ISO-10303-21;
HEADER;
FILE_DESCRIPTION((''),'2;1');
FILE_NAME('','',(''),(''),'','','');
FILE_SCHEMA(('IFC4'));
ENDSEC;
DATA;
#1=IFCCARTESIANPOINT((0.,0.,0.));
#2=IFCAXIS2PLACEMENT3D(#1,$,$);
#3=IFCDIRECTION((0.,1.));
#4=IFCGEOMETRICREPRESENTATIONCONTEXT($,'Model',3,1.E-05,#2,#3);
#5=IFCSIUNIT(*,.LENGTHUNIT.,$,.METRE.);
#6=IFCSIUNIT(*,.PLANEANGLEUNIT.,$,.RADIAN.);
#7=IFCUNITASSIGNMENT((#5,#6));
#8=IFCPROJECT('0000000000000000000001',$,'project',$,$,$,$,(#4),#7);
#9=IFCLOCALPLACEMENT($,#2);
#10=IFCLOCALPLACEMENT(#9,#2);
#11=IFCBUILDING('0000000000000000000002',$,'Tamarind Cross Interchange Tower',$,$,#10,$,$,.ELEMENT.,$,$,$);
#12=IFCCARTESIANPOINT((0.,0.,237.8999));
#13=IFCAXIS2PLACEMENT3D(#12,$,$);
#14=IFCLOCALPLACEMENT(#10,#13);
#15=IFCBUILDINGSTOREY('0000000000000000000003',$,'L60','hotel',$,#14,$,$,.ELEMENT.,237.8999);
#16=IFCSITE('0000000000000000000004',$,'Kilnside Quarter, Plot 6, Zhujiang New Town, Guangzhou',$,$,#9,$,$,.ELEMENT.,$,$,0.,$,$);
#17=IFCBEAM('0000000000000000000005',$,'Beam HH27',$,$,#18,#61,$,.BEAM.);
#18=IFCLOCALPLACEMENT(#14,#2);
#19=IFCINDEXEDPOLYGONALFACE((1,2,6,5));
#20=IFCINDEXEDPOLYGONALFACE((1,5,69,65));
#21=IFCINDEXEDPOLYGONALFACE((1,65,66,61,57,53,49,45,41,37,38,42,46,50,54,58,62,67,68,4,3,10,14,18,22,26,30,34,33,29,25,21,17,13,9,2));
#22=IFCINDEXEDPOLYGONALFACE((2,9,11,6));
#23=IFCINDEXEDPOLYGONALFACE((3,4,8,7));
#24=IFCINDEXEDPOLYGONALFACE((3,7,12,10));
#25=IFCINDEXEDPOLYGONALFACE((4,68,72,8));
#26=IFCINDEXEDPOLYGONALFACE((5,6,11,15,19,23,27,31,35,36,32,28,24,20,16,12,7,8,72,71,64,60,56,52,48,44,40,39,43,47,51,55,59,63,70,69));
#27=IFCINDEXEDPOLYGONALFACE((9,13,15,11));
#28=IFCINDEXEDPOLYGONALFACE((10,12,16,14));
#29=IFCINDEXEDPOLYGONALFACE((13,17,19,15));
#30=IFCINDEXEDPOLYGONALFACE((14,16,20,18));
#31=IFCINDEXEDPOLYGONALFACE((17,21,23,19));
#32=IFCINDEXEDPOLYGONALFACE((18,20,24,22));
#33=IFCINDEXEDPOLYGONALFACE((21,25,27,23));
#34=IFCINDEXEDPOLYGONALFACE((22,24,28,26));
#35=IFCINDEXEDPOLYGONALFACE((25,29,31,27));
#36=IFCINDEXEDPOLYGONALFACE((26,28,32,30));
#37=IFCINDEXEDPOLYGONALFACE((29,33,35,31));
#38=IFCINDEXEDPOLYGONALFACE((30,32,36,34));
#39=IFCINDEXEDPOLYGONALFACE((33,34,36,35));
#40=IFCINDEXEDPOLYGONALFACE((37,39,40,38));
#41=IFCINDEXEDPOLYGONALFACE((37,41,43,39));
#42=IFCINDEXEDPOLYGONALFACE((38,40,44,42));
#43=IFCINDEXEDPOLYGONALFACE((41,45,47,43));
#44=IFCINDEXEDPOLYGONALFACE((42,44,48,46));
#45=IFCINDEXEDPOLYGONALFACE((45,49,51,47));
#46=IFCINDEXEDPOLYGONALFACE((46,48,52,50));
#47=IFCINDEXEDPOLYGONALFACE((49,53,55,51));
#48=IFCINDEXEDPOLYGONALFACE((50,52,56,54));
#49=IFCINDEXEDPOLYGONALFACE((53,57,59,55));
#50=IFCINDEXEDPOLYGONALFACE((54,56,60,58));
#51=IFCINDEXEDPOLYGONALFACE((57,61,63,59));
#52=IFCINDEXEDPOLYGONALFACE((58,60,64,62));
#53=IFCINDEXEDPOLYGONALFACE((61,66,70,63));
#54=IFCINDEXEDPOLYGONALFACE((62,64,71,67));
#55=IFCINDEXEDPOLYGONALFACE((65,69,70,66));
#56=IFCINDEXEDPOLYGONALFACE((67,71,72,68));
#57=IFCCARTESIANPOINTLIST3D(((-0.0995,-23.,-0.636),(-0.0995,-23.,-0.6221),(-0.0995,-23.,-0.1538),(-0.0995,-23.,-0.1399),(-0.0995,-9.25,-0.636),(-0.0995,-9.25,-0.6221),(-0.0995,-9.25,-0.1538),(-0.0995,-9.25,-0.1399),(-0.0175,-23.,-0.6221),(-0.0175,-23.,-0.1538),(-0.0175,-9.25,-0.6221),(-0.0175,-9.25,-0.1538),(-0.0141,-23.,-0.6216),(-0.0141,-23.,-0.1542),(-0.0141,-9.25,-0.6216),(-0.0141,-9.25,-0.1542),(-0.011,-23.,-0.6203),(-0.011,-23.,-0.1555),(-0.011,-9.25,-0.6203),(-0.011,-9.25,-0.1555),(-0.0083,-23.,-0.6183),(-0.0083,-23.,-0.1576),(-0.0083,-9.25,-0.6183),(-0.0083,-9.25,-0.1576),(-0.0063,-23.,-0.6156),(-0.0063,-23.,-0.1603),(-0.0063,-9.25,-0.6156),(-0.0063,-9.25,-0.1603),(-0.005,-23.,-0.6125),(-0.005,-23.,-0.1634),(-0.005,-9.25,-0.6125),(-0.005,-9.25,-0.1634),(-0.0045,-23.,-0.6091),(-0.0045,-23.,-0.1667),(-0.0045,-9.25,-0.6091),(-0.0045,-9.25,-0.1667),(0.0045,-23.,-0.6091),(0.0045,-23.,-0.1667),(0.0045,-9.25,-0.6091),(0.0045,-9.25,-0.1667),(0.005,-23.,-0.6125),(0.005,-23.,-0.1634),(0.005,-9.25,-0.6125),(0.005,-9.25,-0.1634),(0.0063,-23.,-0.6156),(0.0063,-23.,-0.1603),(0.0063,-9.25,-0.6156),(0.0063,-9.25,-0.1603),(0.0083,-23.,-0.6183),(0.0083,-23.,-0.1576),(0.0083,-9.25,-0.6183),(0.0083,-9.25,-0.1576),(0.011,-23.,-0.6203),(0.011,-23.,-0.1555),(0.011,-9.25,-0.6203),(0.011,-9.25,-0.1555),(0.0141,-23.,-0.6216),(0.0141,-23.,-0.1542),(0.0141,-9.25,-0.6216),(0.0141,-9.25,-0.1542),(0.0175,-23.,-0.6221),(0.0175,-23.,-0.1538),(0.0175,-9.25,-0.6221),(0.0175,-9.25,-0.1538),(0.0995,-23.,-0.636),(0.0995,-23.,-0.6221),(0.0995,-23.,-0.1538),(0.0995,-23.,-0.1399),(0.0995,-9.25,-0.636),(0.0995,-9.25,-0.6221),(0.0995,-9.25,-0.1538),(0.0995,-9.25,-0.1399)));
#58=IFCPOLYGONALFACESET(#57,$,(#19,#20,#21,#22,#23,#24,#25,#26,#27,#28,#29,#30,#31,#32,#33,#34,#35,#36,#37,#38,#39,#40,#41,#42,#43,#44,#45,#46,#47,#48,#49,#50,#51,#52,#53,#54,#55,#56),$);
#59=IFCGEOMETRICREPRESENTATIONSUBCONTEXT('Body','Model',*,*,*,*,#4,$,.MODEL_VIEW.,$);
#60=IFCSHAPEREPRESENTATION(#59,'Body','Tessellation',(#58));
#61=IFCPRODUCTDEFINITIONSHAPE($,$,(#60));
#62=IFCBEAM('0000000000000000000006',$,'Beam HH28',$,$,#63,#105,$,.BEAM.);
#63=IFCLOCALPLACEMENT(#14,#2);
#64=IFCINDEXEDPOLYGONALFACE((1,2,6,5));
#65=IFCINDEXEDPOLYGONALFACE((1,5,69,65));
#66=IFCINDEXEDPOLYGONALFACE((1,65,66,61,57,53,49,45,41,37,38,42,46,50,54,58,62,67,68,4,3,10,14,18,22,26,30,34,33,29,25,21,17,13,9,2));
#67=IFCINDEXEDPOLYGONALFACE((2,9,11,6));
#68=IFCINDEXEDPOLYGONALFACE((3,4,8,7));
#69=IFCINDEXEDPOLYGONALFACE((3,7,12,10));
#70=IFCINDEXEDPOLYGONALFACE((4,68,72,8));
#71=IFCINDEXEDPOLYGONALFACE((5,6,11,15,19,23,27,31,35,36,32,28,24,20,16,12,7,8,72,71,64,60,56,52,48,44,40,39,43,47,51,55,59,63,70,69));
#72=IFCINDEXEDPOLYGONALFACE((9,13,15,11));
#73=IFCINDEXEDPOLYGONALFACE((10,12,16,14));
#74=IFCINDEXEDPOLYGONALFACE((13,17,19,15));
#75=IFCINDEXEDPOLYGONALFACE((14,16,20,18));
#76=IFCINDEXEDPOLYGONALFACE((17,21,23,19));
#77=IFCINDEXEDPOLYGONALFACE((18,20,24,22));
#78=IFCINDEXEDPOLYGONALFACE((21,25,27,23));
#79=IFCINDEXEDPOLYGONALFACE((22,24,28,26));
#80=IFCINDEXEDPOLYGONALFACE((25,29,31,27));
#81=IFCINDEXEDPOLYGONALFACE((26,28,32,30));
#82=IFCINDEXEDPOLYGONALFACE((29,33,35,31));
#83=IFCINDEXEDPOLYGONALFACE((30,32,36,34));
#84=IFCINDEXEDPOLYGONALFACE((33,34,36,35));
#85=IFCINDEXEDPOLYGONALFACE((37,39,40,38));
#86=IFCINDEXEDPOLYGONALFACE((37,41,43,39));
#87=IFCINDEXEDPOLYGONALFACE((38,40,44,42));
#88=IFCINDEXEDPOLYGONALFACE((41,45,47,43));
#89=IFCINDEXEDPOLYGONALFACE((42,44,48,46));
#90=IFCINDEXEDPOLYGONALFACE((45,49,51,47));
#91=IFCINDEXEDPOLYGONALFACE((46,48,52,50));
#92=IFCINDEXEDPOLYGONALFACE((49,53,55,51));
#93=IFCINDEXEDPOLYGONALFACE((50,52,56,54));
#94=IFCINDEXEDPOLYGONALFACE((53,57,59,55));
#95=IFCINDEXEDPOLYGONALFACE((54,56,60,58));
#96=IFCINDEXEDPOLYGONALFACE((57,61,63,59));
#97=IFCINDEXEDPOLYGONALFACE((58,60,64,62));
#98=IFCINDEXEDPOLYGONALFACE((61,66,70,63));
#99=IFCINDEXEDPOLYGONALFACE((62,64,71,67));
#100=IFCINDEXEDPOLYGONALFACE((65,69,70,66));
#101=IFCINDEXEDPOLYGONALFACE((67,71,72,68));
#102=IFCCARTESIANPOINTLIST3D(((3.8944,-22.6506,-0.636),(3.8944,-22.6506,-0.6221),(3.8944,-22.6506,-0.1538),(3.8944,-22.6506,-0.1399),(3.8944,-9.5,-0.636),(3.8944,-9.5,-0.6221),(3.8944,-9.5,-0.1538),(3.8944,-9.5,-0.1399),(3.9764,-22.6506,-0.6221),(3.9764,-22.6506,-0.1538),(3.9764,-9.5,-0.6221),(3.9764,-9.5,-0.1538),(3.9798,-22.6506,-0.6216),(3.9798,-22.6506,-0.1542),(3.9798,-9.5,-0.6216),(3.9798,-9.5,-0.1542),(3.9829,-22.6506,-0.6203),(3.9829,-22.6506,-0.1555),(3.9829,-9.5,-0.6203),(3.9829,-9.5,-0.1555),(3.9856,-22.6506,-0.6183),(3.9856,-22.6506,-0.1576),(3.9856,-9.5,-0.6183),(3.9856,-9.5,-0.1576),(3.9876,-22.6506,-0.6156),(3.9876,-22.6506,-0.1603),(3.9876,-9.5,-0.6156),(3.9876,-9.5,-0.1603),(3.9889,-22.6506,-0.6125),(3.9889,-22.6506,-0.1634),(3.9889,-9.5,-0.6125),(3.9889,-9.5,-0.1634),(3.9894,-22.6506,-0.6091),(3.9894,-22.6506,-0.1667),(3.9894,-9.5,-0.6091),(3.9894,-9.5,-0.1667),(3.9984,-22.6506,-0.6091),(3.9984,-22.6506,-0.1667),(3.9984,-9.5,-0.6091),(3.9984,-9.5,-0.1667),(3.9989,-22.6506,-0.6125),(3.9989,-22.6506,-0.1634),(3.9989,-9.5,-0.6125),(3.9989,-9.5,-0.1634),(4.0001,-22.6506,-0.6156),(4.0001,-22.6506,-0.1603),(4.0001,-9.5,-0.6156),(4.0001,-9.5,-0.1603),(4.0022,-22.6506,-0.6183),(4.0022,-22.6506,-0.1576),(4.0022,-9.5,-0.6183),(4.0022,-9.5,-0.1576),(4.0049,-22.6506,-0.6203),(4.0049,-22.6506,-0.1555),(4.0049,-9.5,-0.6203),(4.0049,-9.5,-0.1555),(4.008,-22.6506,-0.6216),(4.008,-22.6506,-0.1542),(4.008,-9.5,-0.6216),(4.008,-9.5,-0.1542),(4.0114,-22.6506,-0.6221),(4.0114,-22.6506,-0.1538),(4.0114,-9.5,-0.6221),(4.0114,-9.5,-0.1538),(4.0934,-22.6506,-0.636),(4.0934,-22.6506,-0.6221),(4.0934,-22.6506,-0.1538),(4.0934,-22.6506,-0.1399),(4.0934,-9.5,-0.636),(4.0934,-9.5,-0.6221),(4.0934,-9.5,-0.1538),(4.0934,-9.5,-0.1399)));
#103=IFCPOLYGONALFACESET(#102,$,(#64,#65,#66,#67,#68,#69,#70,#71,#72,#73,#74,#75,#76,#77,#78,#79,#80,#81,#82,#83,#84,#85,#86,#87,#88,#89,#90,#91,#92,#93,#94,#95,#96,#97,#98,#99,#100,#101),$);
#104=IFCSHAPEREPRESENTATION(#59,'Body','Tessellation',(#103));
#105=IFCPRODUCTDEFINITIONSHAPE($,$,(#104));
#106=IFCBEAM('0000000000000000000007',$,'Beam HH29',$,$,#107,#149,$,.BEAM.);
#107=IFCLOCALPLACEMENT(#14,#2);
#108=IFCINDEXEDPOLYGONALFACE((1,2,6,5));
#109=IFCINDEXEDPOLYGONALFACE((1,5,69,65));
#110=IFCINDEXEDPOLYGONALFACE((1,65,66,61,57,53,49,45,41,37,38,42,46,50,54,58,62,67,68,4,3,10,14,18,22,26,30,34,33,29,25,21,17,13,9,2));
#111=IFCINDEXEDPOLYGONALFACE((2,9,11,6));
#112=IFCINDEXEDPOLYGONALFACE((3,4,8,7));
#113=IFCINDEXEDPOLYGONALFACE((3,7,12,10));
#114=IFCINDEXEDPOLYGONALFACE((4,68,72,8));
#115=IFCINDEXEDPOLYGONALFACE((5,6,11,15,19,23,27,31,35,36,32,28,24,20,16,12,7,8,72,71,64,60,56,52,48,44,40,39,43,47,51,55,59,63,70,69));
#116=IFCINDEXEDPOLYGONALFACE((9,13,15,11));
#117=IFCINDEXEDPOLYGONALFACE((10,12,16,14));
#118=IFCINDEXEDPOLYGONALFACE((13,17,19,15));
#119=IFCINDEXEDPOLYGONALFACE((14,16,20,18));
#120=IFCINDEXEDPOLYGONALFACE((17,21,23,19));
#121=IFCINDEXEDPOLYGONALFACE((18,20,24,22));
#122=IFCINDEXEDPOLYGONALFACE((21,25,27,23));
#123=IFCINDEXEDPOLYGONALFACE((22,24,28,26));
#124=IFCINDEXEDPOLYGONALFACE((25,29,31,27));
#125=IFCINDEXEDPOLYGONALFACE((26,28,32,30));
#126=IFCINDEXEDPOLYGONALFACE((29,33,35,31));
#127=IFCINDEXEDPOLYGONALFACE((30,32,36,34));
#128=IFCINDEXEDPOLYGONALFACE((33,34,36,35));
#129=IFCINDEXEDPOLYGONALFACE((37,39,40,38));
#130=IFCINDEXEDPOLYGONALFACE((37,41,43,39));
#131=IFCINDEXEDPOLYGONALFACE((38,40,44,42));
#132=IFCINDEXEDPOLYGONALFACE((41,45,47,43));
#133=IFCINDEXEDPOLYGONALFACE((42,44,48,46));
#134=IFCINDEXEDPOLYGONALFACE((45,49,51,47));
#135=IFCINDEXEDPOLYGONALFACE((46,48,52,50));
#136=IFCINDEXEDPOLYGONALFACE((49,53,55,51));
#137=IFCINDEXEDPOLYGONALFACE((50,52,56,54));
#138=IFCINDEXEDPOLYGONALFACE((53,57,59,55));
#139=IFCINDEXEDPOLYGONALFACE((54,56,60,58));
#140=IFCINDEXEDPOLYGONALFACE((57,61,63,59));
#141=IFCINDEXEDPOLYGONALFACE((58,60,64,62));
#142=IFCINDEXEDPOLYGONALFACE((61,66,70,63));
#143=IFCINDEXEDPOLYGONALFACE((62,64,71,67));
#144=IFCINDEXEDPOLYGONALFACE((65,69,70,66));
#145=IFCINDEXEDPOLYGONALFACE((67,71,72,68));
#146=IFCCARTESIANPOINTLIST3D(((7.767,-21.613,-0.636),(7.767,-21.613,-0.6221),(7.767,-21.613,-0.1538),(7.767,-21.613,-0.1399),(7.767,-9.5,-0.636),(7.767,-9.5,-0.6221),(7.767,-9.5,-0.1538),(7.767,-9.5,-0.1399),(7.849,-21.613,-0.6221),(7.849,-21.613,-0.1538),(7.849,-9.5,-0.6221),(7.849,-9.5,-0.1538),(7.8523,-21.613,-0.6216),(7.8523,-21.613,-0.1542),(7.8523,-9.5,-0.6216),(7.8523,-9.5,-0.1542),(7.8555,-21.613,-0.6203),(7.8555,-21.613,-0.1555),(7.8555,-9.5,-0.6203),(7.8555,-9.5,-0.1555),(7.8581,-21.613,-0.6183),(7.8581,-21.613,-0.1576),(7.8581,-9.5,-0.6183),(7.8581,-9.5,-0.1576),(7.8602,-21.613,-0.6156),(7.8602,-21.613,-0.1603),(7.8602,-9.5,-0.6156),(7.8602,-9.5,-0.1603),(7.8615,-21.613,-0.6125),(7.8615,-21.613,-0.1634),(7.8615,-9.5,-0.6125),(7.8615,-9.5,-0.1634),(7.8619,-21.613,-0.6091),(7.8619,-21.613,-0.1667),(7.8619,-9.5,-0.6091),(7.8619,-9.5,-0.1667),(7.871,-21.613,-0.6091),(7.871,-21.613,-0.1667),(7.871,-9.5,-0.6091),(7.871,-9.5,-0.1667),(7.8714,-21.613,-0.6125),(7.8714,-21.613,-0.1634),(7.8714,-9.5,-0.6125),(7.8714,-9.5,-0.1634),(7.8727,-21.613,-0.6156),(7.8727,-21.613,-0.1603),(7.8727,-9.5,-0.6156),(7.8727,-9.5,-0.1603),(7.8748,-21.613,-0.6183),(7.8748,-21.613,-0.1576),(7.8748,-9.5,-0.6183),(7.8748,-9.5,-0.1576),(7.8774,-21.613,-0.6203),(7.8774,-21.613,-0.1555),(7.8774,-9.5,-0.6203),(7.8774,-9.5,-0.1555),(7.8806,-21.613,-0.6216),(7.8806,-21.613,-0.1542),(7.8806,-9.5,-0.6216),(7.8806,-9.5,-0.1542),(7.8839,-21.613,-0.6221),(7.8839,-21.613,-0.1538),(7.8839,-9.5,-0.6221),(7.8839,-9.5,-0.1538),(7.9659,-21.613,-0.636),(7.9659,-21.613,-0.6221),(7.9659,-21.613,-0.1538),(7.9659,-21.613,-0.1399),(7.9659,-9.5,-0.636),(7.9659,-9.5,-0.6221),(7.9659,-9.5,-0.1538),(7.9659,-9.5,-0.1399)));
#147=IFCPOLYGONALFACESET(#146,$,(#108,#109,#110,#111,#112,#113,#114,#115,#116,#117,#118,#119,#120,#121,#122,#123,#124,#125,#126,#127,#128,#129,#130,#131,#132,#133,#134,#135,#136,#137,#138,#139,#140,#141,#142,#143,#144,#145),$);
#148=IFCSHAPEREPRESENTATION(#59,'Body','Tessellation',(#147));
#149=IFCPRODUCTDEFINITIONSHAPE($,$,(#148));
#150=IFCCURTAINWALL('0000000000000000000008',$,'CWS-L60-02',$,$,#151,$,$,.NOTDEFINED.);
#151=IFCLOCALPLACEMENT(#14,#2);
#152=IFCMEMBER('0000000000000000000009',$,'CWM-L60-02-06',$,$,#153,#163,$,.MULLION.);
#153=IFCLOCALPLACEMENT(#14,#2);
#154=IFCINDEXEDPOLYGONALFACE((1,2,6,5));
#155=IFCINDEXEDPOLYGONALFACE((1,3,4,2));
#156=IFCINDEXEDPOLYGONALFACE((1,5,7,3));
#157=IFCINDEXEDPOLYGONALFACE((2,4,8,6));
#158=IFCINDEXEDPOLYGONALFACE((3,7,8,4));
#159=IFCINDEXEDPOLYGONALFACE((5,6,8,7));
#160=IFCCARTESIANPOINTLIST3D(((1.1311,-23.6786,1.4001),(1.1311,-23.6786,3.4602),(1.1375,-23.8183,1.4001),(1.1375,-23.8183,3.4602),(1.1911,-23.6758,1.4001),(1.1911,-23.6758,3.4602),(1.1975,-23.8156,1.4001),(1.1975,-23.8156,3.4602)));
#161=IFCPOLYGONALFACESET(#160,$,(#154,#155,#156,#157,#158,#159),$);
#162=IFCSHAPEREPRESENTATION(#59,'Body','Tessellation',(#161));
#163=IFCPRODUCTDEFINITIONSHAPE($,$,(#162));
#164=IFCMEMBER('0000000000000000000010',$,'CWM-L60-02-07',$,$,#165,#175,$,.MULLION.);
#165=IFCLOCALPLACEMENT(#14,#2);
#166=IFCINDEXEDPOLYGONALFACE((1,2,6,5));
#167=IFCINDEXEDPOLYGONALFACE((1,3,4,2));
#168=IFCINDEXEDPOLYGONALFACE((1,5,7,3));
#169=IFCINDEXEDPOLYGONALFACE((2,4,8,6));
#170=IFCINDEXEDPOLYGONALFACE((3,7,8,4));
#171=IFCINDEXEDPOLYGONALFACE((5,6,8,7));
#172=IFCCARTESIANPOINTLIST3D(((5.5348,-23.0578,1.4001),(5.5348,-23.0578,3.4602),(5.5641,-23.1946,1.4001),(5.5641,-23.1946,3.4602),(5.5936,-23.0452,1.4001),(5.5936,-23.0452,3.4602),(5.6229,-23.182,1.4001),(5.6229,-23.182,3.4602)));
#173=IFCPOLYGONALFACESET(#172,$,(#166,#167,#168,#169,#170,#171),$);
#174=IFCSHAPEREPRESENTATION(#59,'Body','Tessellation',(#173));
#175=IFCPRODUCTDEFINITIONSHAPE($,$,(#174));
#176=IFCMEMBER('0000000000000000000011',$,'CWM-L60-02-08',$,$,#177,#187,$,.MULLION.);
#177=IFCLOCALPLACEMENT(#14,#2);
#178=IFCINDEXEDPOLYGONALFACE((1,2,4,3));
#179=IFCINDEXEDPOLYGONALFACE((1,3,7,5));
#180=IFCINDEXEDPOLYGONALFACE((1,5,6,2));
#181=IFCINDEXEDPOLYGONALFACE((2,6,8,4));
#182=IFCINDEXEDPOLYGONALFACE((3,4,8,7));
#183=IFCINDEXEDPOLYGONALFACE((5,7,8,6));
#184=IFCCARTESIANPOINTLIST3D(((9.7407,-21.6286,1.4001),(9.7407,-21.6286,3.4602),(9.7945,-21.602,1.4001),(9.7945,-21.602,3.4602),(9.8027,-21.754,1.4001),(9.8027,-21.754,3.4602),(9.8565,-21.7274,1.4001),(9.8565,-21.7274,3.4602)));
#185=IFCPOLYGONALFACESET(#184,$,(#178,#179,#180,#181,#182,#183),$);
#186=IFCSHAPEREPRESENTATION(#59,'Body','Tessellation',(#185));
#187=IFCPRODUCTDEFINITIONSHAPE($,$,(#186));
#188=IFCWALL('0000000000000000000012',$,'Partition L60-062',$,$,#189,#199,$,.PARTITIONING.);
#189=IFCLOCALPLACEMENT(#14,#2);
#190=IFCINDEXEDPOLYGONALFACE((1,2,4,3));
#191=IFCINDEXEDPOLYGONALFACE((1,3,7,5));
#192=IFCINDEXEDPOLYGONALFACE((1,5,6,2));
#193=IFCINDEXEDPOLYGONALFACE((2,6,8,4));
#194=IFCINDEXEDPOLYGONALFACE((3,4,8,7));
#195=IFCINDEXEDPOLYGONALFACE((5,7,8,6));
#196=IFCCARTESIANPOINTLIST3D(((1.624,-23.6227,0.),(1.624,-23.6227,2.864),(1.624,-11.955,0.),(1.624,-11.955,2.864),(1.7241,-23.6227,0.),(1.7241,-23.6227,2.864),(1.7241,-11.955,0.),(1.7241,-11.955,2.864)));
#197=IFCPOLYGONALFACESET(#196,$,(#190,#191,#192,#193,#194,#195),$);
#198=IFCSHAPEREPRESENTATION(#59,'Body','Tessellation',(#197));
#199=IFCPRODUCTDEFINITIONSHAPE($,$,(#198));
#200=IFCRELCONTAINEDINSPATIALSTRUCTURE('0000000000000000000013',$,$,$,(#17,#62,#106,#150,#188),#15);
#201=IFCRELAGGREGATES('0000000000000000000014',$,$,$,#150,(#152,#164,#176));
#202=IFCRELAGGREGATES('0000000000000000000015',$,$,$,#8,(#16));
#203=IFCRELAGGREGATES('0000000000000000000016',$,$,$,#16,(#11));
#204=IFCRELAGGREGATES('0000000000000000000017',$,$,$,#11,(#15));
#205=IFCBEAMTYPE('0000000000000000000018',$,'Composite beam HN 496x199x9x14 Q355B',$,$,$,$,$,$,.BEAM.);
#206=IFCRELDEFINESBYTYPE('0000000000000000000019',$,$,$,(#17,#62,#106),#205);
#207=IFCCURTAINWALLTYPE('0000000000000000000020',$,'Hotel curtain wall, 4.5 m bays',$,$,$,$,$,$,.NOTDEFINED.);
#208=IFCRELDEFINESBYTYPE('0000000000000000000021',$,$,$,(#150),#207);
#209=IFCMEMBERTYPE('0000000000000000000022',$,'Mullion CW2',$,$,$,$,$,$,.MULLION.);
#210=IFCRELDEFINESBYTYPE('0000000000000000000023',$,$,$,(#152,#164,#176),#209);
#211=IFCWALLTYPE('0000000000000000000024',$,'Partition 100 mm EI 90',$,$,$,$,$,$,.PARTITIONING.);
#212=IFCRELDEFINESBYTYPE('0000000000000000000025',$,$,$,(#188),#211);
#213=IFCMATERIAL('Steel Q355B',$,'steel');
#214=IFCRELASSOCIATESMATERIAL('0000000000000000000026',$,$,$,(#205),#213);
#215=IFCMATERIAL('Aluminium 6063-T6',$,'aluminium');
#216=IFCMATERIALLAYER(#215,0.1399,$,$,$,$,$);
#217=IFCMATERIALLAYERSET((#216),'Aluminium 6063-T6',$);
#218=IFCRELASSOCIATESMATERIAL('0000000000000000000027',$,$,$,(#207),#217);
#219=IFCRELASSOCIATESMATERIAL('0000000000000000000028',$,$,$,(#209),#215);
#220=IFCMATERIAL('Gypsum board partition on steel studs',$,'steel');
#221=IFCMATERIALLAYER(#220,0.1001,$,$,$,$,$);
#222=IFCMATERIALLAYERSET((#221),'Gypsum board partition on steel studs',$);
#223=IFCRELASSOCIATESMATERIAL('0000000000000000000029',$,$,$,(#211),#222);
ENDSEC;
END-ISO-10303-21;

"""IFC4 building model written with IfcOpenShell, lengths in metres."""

from ifc_helpers import new_model, si_unit, direction, frame, frame_2d, origin, origin_2d, place, context, subcontext, project, spatial, rectangle, i_section, extrude, material, layer, layer_set, material_profile, profile_set, type_object, element, aggregate, save


model = new_model("IFC4")

# Units and contexts
model_context = context("Model", 3, precision=1e-05, world=origin(), true_north=direction((0.0, 1.0)))
body_context = subcontext(model_context, "Body", "Model", "MODEL_VIEW")
ifc_project = project(units=[si_unit("LENGTHUNIT", "METRE"), si_unit("PLANEANGLEUNIT", "RADIAN")], contexts=[model_context])

# Site, building, storey
site_placement = place(None, origin())
site = spatial("IfcSite", under=ifc_project, at=site_placement, Name="Kilnside Quarter, Plot 6, Zhujiang New Town, Guangzhou", CompositionType="ELEMENT", RefElevation=0.0)
building_placement = place(site_placement, origin())
building = spatial("IfcBuilding", under=site, at=building_placement, Name="Tamarind Cross Interchange Tower", CompositionType="ELEMENT")
storey_placement = place(building_placement, frame((0.0, 0.0, 237.8999)))
storey = spatial("IfcBuildingStorey", under=building, at=storey_placement, Name="L60", Description="hotel", CompositionType="ELEMENT", Elevation=237.8999)

# Beams
ifc_material_1 = material(Name="Steel Q355B", Category="steel")
ifc_material_profile_1 = material_profile(ifc_material_1, i_section(OverallWidth=0.199, OverallDepth=0.4961, WebThickness=0.009, FlangeThickness=0.0139, FilletRadius=0.0129, at=origin_2d()), Name="HN 496x199x9x14")
ifc_profile_set_1 = profile_set([ifc_material_profile_1], Name="Steel Q355B")
beam_type = type_object("IfcBeamType", Name="Composite beam HN 496x199x9x14 Q355B", PredefinedType="BEAM", material=ifc_profile_set_1)
beam_1_placement = place(storey_placement, frame((0.0, -23.0, -0.3879), z_axis=(0.0, 1.0, 0.0), x_axis=(-1.0, 0.0, 0.0)))
element("IfcBeam", 1, at=beam_1_placement, inside=storey, type_object=beam_type, Name="Beam HH27", PredefinedType="BEAM", context=body_context, shape_type="SweptSolid", body=[
    extrude(i_section(OverallWidth=0.199, OverallDepth=0.4961, WebThickness=0.009, FlangeThickness=0.0139, FilletRadius=0.0129, at=origin_2d()), origin(), (0.0, 0.0, 1.0), 13.75),
])
beam_2_placement = place(storey_placement, frame((3.9939, -22.6506, -0.3879), z_axis=(0.0, 1.0, 0.0), x_axis=(-1.0, 0.0, 0.0)))
element("IfcBeam", 2, at=beam_2_placement, inside=storey, type_object=beam_type, Name="Beam HH28", PredefinedType="BEAM", context=body_context, shape_type="SweptSolid", body=[
    extrude(i_section(OverallWidth=0.199, OverallDepth=0.4961, WebThickness=0.009, FlangeThickness=0.0139, FilletRadius=0.0129, at=origin_2d()), origin(), (0.0, 0.0, 1.0), 13.1506),
])
beam_3_placement = place(storey_placement, frame((7.8665, -21.613, -0.3879), z_axis=(0.0, 1.0, 0.0), x_axis=(-1.0, 0.0, 0.0)))
element("IfcBeam", 3, at=beam_3_placement, inside=storey, type_object=beam_type, Name="Beam HH29", PredefinedType="BEAM", context=body_context, shape_type="SweptSolid", body=[
    extrude(i_section(OverallWidth=0.199, OverallDepth=0.4961, WebThickness=0.009, FlangeThickness=0.0139, FilletRadius=0.0129, at=origin_2d()), origin(), (0.0, 0.0, 1.0), 12.113),
])

# Curtain wall, members
ifc_material_2 = material(Name="Aluminium 6063-T6", Category="aluminium")
ifc_layer_1 = layer(ifc_material_2, 0.1399)
ifc_layer_set_1 = layer_set([ifc_layer_1], Name="Aluminium 6063-T6")
curtain_wall_type = type_object("IfcCurtainWallType", Name="Hotel curtain wall, 4.5 m bays", PredefinedType="NOTDEFINED", material=ifc_layer_set_1)
curtain_wall_placement = place(storey_placement, origin())
curtain_wall = element("IfcCurtainWall", 4, at=curtain_wall_placement, inside=storey, type_object=curtain_wall_type, Name="CWS-L60-02", PredefinedType="NOTDEFINED")
ifc_material_profile_2 = material_profile(ifc_material_2, rectangle(XDim=0.0601, YDim=0.1399, at=origin_2d()), Name="Mullion CW2")
ifc_profile_set_2 = profile_set([ifc_material_profile_2], Name="Aluminium 6063-T6")
member_type = type_object("IfcMemberType", Name="Mullion CW2", PredefinedType="MULLION", material=ifc_profile_set_2)
member_1_placement = place(storey_placement, frame((1.1643, -23.7471, 1.4001), z_axis=(0.0, 0.0, 1.0), x_axis=(0.998959, 0.045624, 0.0)))
member_1 = element("IfcMember", 5, at=member_1_placement, type_object=member_type, Name="CWM-L60-02-06", PredefinedType="MULLION", context=body_context, shape_type="SweptSolid", body=[
    extrude(rectangle(XDim=0.0601, YDim=0.1399, at=origin_2d()), origin(), (0.0, 0.0, 1.0), 2.0601),
])
member_2_placement = place(storey_placement, frame((5.5789, -23.1199, 1.4001), z_axis=(0.0, 0.0, 1.0), x_axis=(0.977825, 0.209425, 0.0)))
member_2 = element("IfcMember", 6, at=member_2_placement, type_object=member_type, Name="CWM-L60-02-07", PredefinedType="MULLION", context=body_context, shape_type="SweptSolid", body=[
    extrude(rectangle(XDim=0.0601, YDim=0.1399, at=origin_2d()), origin(), (0.0, 0.0, 1.0), 2.0601),
])
member_3_placement = place(storey_placement, frame((9.7986, -21.678, 1.4001), z_axis=(0.0, 0.0, 1.0), x_axis=(0.896493, 0.443059, 0.0)))
member_3 = element("IfcMember", 7, at=member_3_placement, type_object=member_type, Name="CWM-L60-02-08", PredefinedType="MULLION", context=body_context, shape_type="SweptSolid", body=[
    extrude(rectangle(XDim=0.0601, YDim=0.1399, at=origin_2d()), origin(), (0.0, 0.0, 1.0), 2.0601),
])
aggregate(curtain_wall, [member_1, member_2, member_3])

# Wall
ifc_material_3 = material(Name="Gypsum board partition on steel studs", Category="steel")
ifc_layer_2 = layer(ifc_material_3, 0.1001)
ifc_layer_set_2 = layer_set([ifc_layer_2], Name="Gypsum board partition on steel studs")
wall_type = type_object("IfcWallType", Name="Partition 100 mm EI 90", PredefinedType="PARTITIONING", material=ifc_layer_set_2)
wall_placement = place(storey_placement, frame((1.6741, -23.6228, 0.0), z_axis=(0.0, 0.0, 1.0), x_axis=(0.0, 1.0, 0.0)))
element("IfcWall", 8, at=wall_placement, inside=storey, type_object=wall_type, Name="Partition L60-062", PredefinedType="PARTITIONING", context=body_context, shape_type="SweptSolid", body=[
    extrude(rectangle(XDim=11.6677, YDim=0.1001, at=frame_2d((5.834, 0.0))), origin(), (0.0, 0.0, 1.0), 2.864),
])

save(model, "model.ifc")
